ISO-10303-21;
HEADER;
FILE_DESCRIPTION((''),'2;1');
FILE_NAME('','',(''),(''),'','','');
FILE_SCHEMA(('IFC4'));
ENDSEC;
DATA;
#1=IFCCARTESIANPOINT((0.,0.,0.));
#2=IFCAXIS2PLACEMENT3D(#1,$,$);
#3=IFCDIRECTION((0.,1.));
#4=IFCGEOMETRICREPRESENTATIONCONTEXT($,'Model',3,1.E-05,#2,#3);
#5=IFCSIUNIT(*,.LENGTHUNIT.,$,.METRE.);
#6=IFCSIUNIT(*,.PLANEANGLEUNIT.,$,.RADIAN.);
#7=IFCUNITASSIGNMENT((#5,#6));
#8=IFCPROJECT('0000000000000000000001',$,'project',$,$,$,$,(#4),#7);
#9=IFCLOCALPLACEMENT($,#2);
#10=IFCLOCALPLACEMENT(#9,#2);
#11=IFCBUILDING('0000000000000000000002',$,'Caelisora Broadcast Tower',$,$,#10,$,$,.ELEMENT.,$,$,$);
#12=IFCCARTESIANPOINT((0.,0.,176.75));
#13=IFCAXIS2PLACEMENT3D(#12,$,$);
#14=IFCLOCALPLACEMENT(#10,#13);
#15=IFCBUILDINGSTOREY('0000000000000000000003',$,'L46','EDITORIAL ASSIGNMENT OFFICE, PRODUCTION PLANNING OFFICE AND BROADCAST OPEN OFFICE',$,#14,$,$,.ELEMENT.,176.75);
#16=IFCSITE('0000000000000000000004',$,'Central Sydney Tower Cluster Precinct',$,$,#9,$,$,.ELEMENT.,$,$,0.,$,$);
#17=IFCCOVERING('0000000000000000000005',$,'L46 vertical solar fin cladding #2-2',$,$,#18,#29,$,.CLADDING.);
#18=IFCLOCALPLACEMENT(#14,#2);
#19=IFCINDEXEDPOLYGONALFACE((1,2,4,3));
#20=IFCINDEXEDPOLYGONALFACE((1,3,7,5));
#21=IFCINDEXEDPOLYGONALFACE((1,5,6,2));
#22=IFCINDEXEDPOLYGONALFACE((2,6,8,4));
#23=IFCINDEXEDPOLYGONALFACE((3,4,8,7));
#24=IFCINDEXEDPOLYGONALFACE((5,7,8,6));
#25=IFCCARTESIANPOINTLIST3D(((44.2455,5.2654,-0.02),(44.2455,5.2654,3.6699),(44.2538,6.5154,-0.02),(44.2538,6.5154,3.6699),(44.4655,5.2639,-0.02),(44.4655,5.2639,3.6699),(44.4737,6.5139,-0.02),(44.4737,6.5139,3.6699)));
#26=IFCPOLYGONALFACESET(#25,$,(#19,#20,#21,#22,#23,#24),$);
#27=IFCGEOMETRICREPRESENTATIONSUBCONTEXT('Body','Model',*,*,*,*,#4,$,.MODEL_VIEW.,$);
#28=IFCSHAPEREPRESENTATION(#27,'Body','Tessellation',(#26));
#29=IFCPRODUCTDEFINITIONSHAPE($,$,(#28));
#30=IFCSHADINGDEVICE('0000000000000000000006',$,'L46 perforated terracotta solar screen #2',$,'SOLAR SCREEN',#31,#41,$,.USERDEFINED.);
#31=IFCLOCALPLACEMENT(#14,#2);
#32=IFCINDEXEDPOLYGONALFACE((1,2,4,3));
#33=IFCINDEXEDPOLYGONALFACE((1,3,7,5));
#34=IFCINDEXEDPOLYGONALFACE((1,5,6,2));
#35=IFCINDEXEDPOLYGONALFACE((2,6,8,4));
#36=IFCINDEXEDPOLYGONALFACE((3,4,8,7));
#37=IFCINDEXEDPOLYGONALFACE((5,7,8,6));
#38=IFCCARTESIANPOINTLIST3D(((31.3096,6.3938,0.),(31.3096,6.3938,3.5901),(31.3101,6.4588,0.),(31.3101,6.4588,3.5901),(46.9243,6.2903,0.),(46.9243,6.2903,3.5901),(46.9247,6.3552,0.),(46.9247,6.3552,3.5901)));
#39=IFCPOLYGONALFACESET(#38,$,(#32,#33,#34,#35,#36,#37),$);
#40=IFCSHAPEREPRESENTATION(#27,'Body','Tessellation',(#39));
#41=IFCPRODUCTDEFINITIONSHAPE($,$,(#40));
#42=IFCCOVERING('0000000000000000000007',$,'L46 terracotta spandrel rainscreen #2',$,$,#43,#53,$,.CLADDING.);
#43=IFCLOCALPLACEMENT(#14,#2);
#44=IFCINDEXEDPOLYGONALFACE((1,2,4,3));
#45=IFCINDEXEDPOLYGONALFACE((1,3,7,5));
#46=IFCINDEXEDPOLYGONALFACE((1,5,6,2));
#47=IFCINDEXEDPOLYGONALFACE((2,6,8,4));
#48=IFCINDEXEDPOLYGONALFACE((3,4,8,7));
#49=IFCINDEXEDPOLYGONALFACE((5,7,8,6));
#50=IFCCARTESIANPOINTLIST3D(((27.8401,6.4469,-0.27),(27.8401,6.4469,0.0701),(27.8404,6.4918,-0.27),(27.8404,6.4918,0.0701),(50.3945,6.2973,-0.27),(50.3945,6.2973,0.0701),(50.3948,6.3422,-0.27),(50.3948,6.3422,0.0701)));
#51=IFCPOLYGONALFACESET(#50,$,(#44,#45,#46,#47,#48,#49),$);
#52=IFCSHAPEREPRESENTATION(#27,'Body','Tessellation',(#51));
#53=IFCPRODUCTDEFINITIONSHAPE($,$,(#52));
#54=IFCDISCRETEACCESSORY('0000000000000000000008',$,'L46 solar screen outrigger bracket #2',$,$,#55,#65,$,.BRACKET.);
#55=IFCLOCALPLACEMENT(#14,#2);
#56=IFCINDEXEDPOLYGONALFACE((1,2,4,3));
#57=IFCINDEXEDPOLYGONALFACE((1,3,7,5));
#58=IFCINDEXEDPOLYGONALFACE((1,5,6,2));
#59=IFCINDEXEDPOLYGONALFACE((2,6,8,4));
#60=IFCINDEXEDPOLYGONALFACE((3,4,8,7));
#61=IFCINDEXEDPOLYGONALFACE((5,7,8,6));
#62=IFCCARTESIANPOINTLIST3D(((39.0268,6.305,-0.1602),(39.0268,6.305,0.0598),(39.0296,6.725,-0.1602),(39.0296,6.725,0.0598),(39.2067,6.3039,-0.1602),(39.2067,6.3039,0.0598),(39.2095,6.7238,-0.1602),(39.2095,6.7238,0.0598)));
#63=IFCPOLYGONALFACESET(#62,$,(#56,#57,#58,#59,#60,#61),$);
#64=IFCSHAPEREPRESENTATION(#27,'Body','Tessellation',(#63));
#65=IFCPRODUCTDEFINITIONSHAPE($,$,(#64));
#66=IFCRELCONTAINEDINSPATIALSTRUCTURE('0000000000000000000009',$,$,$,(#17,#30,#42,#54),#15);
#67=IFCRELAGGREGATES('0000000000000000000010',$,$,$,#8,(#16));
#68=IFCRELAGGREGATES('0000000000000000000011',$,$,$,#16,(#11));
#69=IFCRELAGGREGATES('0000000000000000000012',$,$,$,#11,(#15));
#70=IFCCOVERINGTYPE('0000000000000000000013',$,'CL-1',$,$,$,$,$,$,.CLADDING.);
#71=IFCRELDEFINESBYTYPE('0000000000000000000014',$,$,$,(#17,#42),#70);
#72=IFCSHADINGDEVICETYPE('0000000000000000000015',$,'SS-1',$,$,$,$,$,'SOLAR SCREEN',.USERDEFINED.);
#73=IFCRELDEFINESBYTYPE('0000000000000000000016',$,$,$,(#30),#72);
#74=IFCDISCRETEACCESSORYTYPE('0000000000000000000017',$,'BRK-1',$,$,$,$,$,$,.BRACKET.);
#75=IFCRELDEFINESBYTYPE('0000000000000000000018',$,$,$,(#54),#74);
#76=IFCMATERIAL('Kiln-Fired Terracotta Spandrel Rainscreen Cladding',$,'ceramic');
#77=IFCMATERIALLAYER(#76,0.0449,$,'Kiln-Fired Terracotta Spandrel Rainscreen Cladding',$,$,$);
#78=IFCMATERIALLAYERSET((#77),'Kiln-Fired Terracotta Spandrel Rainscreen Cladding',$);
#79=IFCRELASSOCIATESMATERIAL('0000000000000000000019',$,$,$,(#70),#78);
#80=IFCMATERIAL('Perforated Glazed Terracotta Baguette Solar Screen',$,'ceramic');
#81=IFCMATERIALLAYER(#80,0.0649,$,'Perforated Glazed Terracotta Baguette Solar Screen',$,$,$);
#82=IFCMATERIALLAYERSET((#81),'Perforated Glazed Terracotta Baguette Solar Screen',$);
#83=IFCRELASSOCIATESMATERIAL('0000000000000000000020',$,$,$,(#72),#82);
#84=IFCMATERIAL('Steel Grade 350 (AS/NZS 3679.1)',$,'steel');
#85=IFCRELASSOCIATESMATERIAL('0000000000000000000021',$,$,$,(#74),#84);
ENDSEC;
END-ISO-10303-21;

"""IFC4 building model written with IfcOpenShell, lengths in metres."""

from ifc_helpers import new_model, si_unit, direction, frame, origin, origin_2d, place, context, subcontext, project, spatial, rectangle, extrude, source, transform, mapped, material, layer, layer_set, type_object, type_shapes, element, save


model = new_model("IFC4")

# Units and contexts
model_context = context("Model", 3, precision=1e-05, world=origin(), true_north=direction((0.0, 1.0)))
body_context = subcontext(model_context, "Body", "Model", "MODEL_VIEW")
ifc_project = project(units=[si_unit("LENGTHUNIT", "METRE"), si_unit("PLANEANGLEUNIT", "RADIAN")], contexts=[model_context])

# Site, building, storey
site_placement = place(None, origin())
site = spatial("IfcSite", under=ifc_project, at=site_placement, Name="Central Sydney Tower Cluster Precinct", CompositionType="ELEMENT", RefElevation=0.0)
building_placement = place(site_placement, origin())
building = spatial("IfcBuilding", under=site, at=building_placement, Name="Caelisora Broadcast Tower", CompositionType="ELEMENT")
storey_placement = place(building_placement, frame((0.0, 0.0, 176.75)))
storey = spatial("IfcBuildingStorey", under=building, at=storey_placement, Name="L46", Description="EDITORIAL ASSIGNMENT OFFICE, PRODUCTION PLANNING OFFICE AND BROADCAST OPEN OFFICE", CompositionType="ELEMENT", Elevation=176.75)

# Shared definitions
ifc_material_1 = material(Name="Steel Grade 350 (AS/NZS 3679.1)", Category="steel")

# Covering
ifc_material_2 = material(Name="Kiln-Fired Terracotta Spandrel Rainscreen Cladding", Category="ceramic")
ifc_layer_1 = layer(ifc_material_2, 0.0449, Name="Kiln-Fired Terracotta Spandrel Rainscreen Cladding")
ifc_layer_set_1 = layer_set([ifc_layer_1], Name="Kiln-Fired Terracotta Spandrel Rainscreen Cladding")
covering_type = type_object("IfcCoveringType", Name="CL-1", PredefinedType="CLADDING", material=ifc_layer_set_1)
shared_shape_1 = source(origin(), body_context, "Body", "SweptSolid", [
    extrude(rectangle(XDim=0.22, YDim=1.25, at=origin_2d()), origin(), (0.0, 0.0, 1.0), 3.6899),
])
covering_1_placement = place(storey_placement, frame((44.3596, 5.8896, -0.02), z_axis=(0.0, 0.0, 1.0), x_axis=(-0.999978, 0.006632, 0.0)))
element("IfcCovering", 1, at=covering_1_placement, inside=storey, type_object=covering_type, Name="L46 vertical solar fin cladding #2-2", PredefinedType="CLADDING", context=body_context, shape_type="MappedRepresentation", body=[
    mapped(shared_shape_1, transform((0.0, 0.0, 0.0), scale=1.0)),
])

# Shading device
ifc_material_3 = material(Name="Perforated Glazed Terracotta Baguette Solar Screen", Category="ceramic")
ifc_layer_2 = layer(ifc_material_3, 0.0649, Name="Perforated Glazed Terracotta Baguette Solar Screen")
ifc_layer_set_2 = layer_set([ifc_layer_2], Name="Perforated Glazed Terracotta Baguette Solar Screen")
shading_device_type = type_object("IfcShadingDeviceType", Name="SS-1", ElementType="SOLAR SCREEN", PredefinedType="USERDEFINED", material=ifc_layer_set_2)
shared_shape_2 = source(origin(), body_context, "Body", "SweptSolid", [
    extrude(rectangle(XDim=15.615, YDim=0.0649, at=origin_2d()), origin(), (0.0, 0.0, 1.0), 3.5901),
])
type_shapes(shading_device_type, [shared_shape_2])
shading_device_placement = place(storey_placement, frame((39.1172, 6.3745, 0.0), z_axis=(0.0, 0.0, 1.0), x_axis=(0.999978, -0.006632, 0.0)))
element("IfcShadingDevice", 2, at=shading_device_placement, inside=storey, type_object=shading_device_type, Name="L46 perforated terracotta solar screen #2", ObjectType="SOLAR SCREEN", PredefinedType="USERDEFINED", context=body_context, shape_type="MappedRepresentation", body=[
    mapped(shared_shape_2, transform((0.0, 0.0, 0.0), scale=1.0)),
])

# Covering
shared_shape_3 = source(origin(), body_context, "Body", "SweptSolid", [
    extrude(rectangle(XDim=22.5549, YDim=0.0449, at=origin_2d()), origin(), (0.0, 0.0, 1.0), 0.3401),
])
type_shapes(covering_type, [shared_shape_1, shared_shape_3])
covering_2_placement = place(storey_placement, frame((39.1174, 6.3945, -0.27), z_axis=(0.0, 0.0, 1.0), x_axis=(0.999978, -0.006632, 0.0)))
element("IfcCovering", 3, at=covering_2_placement, inside=storey, type_object=covering_type, Name="L46 terracotta spandrel rainscreen #2", PredefinedType="CLADDING", context=body_context, shape_type="MappedRepresentation", body=[
    mapped(shared_shape_3, transform((0.0, 0.0, 0.0), scale=1.0)),
])

# Discrete accessory
discrete_accessory_type = type_object("IfcDiscreteAccessoryType", Name="BRK-1", PredefinedType="BRACKET", material=ifc_material_1)
shared_shape_4 = source(origin(), body_context, "Body", "SweptSolid", [
    extrude(rectangle(XDim=0.1799, YDim=0.4199, at=origin_2d()), origin(), (0.0, 0.0, 1.0), 0.22),
])
type_shapes(discrete_accessory_type, [shared_shape_4])
discrete_accessory_placement = place(storey_placement, frame((39.1182, 6.5144, -0.1602), z_axis=(0.0, 0.0, 1.0), x_axis=(0.999978, -0.006632, 0.0)))
element("IfcDiscreteAccessory", 4, at=discrete_accessory_placement, inside=storey, type_object=discrete_accessory_type, Name="L46 solar screen outrigger bracket #2", PredefinedType="BRACKET", context=body_context, shape_type="MappedRepresentation", body=[
    mapped(shared_shape_4, transform((0.0, 0.0, 0.0), scale=1.0)),
])

save(model, "model.ifc")
